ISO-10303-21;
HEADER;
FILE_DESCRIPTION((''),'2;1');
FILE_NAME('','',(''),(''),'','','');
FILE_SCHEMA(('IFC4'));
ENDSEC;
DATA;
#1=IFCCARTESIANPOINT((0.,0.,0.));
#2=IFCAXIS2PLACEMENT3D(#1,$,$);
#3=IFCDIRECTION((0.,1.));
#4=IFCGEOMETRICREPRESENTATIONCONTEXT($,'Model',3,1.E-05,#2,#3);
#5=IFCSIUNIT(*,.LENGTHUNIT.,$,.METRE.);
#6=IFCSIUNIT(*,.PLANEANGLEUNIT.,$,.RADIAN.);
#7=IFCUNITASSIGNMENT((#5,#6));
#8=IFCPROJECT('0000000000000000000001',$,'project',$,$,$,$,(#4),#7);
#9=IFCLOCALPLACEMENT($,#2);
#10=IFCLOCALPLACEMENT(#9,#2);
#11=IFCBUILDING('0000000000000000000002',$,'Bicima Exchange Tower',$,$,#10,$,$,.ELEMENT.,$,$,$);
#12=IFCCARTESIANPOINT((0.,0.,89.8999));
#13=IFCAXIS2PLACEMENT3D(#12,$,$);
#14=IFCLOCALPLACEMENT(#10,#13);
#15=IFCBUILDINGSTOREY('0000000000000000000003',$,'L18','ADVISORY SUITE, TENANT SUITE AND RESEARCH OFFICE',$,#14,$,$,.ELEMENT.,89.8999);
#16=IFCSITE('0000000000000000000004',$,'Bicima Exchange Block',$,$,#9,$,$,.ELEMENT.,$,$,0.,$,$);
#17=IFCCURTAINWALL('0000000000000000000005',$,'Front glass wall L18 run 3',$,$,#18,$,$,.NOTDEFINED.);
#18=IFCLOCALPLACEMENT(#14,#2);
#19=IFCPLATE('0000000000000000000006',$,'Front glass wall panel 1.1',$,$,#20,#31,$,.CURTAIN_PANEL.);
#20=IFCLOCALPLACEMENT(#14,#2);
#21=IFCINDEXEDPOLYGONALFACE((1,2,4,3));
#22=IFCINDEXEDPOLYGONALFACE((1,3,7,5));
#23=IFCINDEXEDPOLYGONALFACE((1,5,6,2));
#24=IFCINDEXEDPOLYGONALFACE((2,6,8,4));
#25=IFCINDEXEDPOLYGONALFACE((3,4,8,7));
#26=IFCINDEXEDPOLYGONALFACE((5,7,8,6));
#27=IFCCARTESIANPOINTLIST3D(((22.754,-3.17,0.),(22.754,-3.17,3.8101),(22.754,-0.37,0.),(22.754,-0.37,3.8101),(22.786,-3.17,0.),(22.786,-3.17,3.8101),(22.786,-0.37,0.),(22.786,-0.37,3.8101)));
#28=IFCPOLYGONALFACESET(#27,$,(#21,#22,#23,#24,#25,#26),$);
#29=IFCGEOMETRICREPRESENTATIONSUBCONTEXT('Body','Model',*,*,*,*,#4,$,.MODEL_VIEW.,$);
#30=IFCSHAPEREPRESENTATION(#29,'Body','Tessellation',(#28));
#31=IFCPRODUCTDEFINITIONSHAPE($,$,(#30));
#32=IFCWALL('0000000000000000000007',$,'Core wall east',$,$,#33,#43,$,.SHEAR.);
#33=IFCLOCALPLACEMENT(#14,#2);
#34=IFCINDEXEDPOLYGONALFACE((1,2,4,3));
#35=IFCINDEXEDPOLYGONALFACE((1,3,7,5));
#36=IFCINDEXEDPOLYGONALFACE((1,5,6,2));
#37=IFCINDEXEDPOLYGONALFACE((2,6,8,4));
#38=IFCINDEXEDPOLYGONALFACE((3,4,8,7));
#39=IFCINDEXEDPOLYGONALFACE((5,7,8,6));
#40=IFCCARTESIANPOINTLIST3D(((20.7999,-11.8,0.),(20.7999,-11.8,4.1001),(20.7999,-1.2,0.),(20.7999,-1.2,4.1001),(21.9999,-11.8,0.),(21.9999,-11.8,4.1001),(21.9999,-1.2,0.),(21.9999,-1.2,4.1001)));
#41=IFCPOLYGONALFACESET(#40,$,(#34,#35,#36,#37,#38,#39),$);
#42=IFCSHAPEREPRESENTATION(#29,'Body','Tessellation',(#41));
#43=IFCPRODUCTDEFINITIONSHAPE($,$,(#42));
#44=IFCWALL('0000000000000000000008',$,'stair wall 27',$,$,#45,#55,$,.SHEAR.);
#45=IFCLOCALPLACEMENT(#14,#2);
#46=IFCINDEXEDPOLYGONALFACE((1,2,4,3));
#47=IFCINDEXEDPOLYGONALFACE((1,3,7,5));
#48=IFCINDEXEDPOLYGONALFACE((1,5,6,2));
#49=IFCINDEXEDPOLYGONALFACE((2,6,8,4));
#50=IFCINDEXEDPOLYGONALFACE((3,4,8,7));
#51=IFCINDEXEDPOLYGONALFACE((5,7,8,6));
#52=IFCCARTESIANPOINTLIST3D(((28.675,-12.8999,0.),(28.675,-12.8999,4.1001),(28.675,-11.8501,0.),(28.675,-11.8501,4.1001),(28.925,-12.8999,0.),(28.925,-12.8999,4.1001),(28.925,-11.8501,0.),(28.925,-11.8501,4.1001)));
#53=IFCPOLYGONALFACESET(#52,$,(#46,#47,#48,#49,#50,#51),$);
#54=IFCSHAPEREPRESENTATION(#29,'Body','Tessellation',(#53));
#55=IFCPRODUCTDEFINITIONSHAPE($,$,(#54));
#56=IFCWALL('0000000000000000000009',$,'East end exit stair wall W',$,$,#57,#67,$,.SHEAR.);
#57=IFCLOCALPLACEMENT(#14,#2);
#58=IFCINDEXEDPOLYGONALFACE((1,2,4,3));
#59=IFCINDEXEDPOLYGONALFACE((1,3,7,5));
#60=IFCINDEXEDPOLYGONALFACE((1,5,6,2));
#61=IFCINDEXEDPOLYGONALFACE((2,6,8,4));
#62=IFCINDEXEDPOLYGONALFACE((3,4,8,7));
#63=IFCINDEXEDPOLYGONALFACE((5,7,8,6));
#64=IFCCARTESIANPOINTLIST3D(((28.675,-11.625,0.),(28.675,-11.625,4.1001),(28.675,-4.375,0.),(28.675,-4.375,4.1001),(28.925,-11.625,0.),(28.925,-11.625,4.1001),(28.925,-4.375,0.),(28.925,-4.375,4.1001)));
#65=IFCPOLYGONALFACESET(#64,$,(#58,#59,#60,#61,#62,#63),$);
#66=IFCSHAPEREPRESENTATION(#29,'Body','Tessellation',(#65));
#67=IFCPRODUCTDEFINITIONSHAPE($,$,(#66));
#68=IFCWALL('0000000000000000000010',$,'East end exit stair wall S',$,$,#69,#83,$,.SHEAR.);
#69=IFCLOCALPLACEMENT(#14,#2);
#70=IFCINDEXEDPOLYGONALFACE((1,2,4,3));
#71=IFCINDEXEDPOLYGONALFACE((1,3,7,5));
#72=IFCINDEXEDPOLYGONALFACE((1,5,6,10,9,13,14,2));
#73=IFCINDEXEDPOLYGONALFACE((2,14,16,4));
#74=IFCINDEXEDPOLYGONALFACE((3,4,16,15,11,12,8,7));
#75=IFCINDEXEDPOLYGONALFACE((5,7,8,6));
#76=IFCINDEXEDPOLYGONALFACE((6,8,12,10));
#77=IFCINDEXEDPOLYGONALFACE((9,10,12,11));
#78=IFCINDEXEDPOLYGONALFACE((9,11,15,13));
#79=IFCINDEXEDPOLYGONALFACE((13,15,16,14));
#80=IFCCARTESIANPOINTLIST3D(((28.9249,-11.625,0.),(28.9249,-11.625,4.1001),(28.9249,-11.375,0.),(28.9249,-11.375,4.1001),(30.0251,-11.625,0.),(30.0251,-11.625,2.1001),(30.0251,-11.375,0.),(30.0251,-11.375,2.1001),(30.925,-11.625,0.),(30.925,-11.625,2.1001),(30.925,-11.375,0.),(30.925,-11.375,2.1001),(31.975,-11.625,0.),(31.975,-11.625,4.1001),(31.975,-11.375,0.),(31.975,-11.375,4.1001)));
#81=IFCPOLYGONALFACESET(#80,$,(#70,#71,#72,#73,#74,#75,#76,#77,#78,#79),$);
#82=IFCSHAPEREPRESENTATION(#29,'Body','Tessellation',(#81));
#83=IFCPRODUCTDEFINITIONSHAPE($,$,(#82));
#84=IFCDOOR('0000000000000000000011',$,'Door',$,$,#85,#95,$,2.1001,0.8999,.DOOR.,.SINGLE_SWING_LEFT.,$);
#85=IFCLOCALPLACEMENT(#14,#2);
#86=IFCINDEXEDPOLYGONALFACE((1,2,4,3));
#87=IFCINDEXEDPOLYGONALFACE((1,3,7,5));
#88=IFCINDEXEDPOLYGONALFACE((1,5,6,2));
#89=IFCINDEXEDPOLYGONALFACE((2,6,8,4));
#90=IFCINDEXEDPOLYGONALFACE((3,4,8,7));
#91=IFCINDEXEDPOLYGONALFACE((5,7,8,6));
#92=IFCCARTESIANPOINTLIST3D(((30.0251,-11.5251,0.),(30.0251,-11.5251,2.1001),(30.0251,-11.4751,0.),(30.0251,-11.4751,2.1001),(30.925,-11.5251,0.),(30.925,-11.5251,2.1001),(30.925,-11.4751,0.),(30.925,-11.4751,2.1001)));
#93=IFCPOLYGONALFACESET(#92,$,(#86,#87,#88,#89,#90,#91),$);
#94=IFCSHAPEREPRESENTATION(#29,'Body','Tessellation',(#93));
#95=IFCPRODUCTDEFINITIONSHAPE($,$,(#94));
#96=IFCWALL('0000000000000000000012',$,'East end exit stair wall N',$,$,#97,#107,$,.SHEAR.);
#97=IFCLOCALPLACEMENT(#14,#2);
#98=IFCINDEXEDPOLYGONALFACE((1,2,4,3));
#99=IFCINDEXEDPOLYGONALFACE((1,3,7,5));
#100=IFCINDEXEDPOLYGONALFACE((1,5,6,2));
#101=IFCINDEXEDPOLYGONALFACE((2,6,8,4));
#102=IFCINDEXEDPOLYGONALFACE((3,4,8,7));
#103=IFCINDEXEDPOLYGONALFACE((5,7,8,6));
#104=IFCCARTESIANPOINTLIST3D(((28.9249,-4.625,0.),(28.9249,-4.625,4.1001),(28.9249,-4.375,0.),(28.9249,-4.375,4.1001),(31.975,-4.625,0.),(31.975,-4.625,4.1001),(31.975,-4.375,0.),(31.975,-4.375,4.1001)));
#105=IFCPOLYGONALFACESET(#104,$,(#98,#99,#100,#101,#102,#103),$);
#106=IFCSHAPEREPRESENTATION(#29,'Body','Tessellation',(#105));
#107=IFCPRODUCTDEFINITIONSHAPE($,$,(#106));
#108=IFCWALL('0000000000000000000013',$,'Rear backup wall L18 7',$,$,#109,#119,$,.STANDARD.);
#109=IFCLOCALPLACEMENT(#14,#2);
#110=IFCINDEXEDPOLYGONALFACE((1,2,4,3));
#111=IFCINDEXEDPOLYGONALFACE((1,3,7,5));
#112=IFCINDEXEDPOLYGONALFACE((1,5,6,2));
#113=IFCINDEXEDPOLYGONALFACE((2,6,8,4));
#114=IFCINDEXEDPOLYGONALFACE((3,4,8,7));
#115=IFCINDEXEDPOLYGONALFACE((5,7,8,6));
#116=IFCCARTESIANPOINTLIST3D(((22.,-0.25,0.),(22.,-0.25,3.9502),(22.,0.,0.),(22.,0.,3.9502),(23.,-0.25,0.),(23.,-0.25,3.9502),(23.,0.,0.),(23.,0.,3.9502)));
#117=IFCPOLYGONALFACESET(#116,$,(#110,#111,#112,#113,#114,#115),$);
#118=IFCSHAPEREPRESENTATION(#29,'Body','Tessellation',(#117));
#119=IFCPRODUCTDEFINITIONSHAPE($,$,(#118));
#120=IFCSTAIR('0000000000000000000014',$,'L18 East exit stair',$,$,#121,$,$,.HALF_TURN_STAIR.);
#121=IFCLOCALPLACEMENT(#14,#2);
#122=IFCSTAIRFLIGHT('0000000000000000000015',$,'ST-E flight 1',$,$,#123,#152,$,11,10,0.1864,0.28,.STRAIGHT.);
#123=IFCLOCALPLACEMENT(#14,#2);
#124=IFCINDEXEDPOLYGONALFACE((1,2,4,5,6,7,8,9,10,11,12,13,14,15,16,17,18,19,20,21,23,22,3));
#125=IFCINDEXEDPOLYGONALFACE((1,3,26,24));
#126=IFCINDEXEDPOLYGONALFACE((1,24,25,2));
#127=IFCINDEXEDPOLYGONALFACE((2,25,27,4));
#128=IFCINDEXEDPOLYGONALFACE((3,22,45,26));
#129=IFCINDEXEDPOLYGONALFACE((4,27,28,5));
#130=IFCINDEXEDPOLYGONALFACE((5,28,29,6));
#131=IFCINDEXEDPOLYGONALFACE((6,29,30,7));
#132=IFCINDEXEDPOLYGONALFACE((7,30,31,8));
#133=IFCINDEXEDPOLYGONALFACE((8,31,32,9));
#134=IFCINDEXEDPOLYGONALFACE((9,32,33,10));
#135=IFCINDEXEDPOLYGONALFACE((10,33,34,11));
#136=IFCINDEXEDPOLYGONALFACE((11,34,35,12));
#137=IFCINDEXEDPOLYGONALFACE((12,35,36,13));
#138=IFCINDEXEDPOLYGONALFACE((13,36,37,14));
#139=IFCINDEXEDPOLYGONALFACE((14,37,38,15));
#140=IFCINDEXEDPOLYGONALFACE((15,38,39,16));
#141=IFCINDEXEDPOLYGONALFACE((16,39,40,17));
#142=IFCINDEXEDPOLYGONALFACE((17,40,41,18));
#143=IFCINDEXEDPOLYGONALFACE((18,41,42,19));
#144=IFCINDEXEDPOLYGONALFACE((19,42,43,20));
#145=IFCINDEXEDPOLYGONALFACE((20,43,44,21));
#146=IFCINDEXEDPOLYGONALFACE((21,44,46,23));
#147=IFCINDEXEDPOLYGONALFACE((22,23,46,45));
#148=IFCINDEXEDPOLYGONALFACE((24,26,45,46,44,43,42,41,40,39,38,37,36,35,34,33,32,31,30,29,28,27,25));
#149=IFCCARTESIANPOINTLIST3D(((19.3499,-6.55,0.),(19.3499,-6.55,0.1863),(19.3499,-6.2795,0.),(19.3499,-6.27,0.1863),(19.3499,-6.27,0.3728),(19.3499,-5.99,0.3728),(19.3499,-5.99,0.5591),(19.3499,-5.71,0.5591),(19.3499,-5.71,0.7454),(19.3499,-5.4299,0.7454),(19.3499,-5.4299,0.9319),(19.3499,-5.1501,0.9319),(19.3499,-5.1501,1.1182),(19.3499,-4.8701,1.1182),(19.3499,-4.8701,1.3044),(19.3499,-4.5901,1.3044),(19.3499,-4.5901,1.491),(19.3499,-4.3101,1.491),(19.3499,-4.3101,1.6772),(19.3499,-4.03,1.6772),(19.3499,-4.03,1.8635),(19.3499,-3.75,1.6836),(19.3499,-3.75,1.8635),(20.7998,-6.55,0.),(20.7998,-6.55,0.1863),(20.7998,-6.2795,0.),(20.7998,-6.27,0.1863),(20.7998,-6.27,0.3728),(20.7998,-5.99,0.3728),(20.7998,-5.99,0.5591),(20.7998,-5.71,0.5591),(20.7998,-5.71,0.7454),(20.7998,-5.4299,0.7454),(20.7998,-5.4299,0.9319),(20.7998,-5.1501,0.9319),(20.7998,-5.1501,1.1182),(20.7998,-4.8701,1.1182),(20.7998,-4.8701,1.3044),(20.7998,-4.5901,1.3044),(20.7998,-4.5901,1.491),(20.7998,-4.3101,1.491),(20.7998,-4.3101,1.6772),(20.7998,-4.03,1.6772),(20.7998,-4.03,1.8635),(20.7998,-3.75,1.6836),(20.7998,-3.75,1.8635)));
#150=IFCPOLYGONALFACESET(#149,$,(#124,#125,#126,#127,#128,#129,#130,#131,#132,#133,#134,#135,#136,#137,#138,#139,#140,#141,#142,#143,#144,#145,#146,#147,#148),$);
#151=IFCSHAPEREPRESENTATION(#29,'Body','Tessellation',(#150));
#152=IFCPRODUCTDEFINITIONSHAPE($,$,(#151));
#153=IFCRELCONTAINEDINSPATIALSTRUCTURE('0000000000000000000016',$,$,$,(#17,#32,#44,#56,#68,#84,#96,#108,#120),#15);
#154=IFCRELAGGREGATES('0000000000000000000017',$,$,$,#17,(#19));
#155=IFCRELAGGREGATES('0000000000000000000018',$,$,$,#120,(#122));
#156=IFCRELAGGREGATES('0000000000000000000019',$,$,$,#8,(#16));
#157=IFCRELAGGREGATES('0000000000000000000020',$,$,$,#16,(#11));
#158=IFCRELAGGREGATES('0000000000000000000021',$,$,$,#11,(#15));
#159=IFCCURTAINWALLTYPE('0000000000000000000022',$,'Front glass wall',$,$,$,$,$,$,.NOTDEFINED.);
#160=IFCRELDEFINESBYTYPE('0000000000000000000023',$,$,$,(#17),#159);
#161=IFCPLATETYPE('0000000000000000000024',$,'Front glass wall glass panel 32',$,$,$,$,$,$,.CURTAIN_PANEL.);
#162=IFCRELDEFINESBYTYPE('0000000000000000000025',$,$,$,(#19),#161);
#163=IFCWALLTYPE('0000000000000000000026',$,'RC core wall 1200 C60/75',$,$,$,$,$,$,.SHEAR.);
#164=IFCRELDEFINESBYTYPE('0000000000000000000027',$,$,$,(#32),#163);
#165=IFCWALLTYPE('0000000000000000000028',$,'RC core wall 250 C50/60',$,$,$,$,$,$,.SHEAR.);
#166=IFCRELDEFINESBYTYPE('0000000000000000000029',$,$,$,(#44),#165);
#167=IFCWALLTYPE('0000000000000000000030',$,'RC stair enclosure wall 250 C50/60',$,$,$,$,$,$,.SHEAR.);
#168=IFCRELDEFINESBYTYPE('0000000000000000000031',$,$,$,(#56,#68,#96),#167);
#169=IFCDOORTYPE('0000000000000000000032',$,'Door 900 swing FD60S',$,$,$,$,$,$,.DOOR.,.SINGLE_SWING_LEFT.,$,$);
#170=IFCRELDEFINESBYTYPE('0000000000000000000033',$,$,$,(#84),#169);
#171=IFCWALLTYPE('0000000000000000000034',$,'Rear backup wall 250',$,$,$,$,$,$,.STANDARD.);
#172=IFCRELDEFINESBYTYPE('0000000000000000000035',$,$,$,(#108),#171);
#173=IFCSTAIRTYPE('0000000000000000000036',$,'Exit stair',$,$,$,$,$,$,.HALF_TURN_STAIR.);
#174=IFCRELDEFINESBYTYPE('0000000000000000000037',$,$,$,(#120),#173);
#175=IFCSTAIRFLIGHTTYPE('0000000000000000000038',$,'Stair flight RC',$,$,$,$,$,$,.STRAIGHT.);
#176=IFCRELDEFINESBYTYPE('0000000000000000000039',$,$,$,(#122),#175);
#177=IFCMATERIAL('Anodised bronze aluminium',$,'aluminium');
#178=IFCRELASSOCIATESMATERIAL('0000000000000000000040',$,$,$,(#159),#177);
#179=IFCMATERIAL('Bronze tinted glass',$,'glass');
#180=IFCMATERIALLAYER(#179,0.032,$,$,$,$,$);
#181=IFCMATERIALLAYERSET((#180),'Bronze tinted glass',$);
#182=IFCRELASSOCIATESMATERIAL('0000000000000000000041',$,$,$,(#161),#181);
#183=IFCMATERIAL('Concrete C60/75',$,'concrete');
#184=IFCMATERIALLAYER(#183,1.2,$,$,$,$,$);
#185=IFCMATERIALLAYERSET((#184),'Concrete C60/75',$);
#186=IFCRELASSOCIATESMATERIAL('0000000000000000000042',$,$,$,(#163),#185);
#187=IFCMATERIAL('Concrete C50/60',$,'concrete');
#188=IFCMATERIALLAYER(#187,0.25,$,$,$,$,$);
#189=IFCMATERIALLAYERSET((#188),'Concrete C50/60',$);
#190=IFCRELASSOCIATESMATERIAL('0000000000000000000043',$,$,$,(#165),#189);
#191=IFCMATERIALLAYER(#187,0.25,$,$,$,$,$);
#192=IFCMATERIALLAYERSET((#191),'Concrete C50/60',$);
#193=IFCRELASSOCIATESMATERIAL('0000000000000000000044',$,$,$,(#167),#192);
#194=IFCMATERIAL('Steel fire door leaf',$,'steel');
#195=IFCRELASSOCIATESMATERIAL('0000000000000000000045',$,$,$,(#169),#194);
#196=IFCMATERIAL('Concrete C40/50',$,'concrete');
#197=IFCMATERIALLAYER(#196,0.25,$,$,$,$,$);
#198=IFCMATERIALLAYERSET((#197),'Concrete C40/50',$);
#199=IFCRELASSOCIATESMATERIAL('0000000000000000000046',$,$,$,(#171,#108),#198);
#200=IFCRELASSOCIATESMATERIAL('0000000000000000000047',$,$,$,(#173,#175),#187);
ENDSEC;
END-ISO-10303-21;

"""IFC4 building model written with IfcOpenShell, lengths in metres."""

from ifc_helpers import new_model, si_unit, direction, frame, frame_2d, origin, origin_2d, place, context, subcontext, project, spatial, polyline, rectangle, outline, extrude, material, layer, layer_set, layer_usage, type_object, element, fill, aggregate, save


model = new_model("IFC4")

# Units and contexts
model_context = context("Model", 3, precision=1e-05, world=origin(), true_north=direction((0.0, 1.0)))
body_context = subcontext(model_context, "Body", "Model", "MODEL_VIEW")
ifc_project = project(units=[si_unit("LENGTHUNIT", "METRE"), si_unit("PLANEANGLEUNIT", "RADIAN")], contexts=[model_context])

# Site, building, storey
site_placement = place(None, origin())
site = spatial("IfcSite", under=ifc_project, at=site_placement, Name="Bicima Exchange Block", CompositionType="ELEMENT", RefElevation=0.0)
building_placement = place(site_placement, origin())
building = spatial("IfcBuilding", under=site, at=building_placement, Name="Bicima Exchange Tower", CompositionType="ELEMENT")
storey_placement = place(building_placement, frame((0.0, 0.0, 89.8999)))
storey = spatial("IfcBuildingStorey", under=building, at=storey_placement, Name="L18", Description="ADVISORY SUITE, TENANT SUITE AND RESEARCH OFFICE", CompositionType="ELEMENT", Elevation=89.8999)

# Curtain wall
ifc_material_1 = material(Name="Anodised bronze aluminium", Category="aluminium")
curtain_wall_type_1 = type_object("IfcCurtainWallType", Name="Front glass wall", PredefinedType="NOTDEFINED", material=ifc_material_1)
curtain_wall_1_placement = place(storey_placement, origin())
curtain_wall_1 = element("IfcCurtainWall", 1, at=curtain_wall_1_placement, inside=storey, type_object=curtain_wall_type_1, Name="Front glass wall L18 run 3", PredefinedType="NOTDEFINED")

# Plate
ifc_material_2 = material(Name="Bronze tinted glass", Category="glass")
ifc_layer_1 = layer(ifc_material_2, 0.032)
ifc_layer_set_1 = layer_set([ifc_layer_1], Name="Bronze tinted glass")
plate_type = type_object("IfcPlateType", Name="Front glass wall glass panel 32", PredefinedType="CURTAIN_PANEL", material=ifc_layer_set_1)
plate_placement = place(storey_placement, frame((22.77, -1.77, 0.0), z_axis=(0.0, 0.0, 1.0), x_axis=(0.0, 1.0, 0.0)))
plate = element("IfcPlate", 2, at=plate_placement, type_object=plate_type, Name="Front glass wall panel 1.1", PredefinedType="CURTAIN_PANEL", context=body_context, shape_type="SweptSolid", body=[
    extrude(rectangle(XDim=2.8, YDim=0.032, at=origin_2d()), origin(), (0.0, 0.0, 1.0), 3.8101),
])
aggregate(curtain_wall_1, [plate])

# Walls
ifc_material_3 = material(Name="Concrete C60/75", Category="concrete")
ifc_layer_2 = layer(ifc_material_3, 1.2)
ifc_layer_set_2 = layer_set([ifc_layer_2], Name="Concrete C60/75")
wall_type_1 = type_object("IfcWallType", Name="RC core wall 1200 C60/75", PredefinedType="SHEAR", material=ifc_layer_set_2)
wall_1_placement = place(storey_placement, frame((21.3999, -11.8, 0.0), z_axis=(0.0, 0.0, 1.0), x_axis=(0.0, 1.0, 0.0)))
element("IfcWall", 3, at=wall_1_placement, inside=storey, type_object=wall_type_1, Name="Core wall east", PredefinedType="SHEAR", context=body_context, shape_type="SweptSolid", body=[
    extrude(rectangle(XDim=10.6001, YDim=1.2, at=frame_2d((5.3, 0.0))), origin(), (0.0, 0.0, 1.0), 4.1001),
])
ifc_material_4 = material(Name="Concrete C50/60", Category="concrete")
ifc_layer_3 = layer(ifc_material_4, 0.25)
ifc_layer_set_3 = layer_set([ifc_layer_3], Name="Concrete C50/60")
wall_type_2 = type_object("IfcWallType", Name="RC core wall 250 C50/60", PredefinedType="SHEAR", material=ifc_layer_set_3)
wall_2_placement = place(storey_placement, frame((28.8, -12.8999, 0.0), z_axis=(0.0, 0.0, 1.0), x_axis=(0.0, 1.0, 0.0)))
element("IfcWall", 4, at=wall_2_placement, inside=storey, type_object=wall_type_2, Name="stair wall 27", PredefinedType="SHEAR", context=body_context, shape_type="SweptSolid", body=[
    extrude(rectangle(XDim=1.0498, YDim=0.25, at=frame_2d((0.5249, 0.0))), origin(), (0.0, 0.0, 1.0), 4.1001),
])
ifc_layer_4 = layer(ifc_material_4, 0.25)
ifc_layer_set_4 = layer_set([ifc_layer_4], Name="Concrete C50/60")
wall_type_3 = type_object("IfcWallType", Name="RC stair enclosure wall 250 C50/60", PredefinedType="SHEAR", material=ifc_layer_set_4)
wall_3_placement = place(storey_placement, frame((28.8, -11.625, 0.0), z_axis=(0.0, 0.0, 1.0), x_axis=(0.0, 1.0, 0.0)))
element("IfcWall", 5, at=wall_3_placement, inside=storey, type_object=wall_type_3, Name="East end exit stair wall W", PredefinedType="SHEAR", context=body_context, shape_type="SweptSolid", body=[
    extrude(rectangle(XDim=7.25, YDim=0.25, at=frame_2d((3.625, 0.0))), origin(), (0.0, 0.0, 1.0), 4.1001),
])

# Wall, opening, door
wall_4_placement = place(storey_placement, frame((28.925, -11.5, 0.0), z_axis=(0.0, 0.0, 1.0), x_axis=(1.0, 0.0, 0.0)))
wall_4 = element("IfcWall", 6, at=wall_4_placement, inside=storey, type_object=wall_type_3, Name="East end exit stair wall S", PredefinedType="SHEAR", context=body_context, shape_type="SweptSolid", body=[
    extrude(rectangle(XDim=3.05, YDim=0.25, at=frame_2d((1.5249, 0.0))), origin(), (0.0, 0.0, 1.0), 4.1001),
])
opening_placement = place(wall_4_placement, frame((1.1001, 0.0, 0.0)))
opening = element("IfcOpeningElement", 7, at=opening_placement, cuts=wall_4, PredefinedType="OPENING", context=body_context, shape_type="SweptSolid", body=[
    extrude(rectangle(XDim=0.8999, YDim=2.1001, at=frame_2d((0.45, 1.05))), frame((0.0, 0.137, 0.0), z_axis=(0.0, -1.0, 0.0), x_axis=(1.0, 0.0, 0.0)), (0.0, 0.0, 1.0), 0.2739),
])
ifc_material_5 = material(Name="Steel fire door leaf", Category="steel")
door_type = type_object("IfcDoorType", Name="Door 900 swing FD60S", OperationType="SINGLE_SWING_LEFT", PredefinedType="DOOR", material=ifc_material_5)
door_placement = place(opening_placement, origin())
door = element("IfcDoor", 8, at=door_placement, inside=storey, type_object=door_type, Name="Door", OperationType="SINGLE_SWING_LEFT", OverallHeight=2.1001, OverallWidth=0.8999, PredefinedType="DOOR", context=body_context, shape_type="SweptSolid", body=[
    extrude(rectangle(XDim=0.8999, YDim=2.1001, at=frame_2d((0.45, 1.05))), frame((0.0, 0.0249, 0.0), z_axis=(0.0, -1.0, 0.0), x_axis=(1.0, 0.0, 0.0)), (0.0, 0.0, 1.0), 0.05),
])
fill(opening, door)

# Walls
wall_5_placement = place(storey_placement, frame((28.925, -4.5, 0.0), z_axis=(0.0, 0.0, 1.0), x_axis=(1.0, 0.0, 0.0)))
element("IfcWall", 9, at=wall_5_placement, inside=storey, type_object=wall_type_3, Name="East end exit stair wall N", PredefinedType="SHEAR", context=body_context, shape_type="SweptSolid", body=[
    extrude(rectangle(XDim=3.05, YDim=0.25, at=frame_2d((1.5249, 0.0))), origin(), (0.0, 0.0, 1.0), 4.1001),
])
ifc_material_6 = material(Name="Concrete C40/50", Category="concrete")
ifc_layer_5 = layer(ifc_material_6, 0.25)
ifc_layer_set_5 = layer_set([ifc_layer_5], Name="Concrete C40/50")
ifc_layer_usage = layer_usage(ifc_layer_set_5, "AXIS2", "POSITIVE", -0.125)
wall_type_4 = type_object("IfcWallType", Name="Rear backup wall 250", PredefinedType="STANDARD", material=ifc_layer_set_5)
wall_6_placement = place(storey_placement, frame((23.0, -0.125, 0.0), z_axis=(0.0, 0.0, 1.0), x_axis=(-1.0, 0.0, 0.0)))
element("IfcWall", 10, at=wall_6_placement, inside=storey, type_object=wall_type_4, material=ifc_layer_usage, Name="Rear backup wall L18 7", PredefinedType="STANDARD", context=body_context, shape_type="SweptSolid", body=[
    extrude(rectangle(XDim=1.0, YDim=0.25, at=frame_2d((0.5, 0.0))), origin(), (0.0, 0.0, 1.0), 3.9502),
])

# Stair, stair flight
stair_type = type_object("IfcStairType", Name="Exit stair", PredefinedType="HALF_TURN_STAIR", material=ifc_material_4)
stair_placement = place(storey_placement, origin())
stair = element("IfcStair", 11, at=stair_placement, inside=storey, type_object=stair_type, Name="L18 East exit stair", PredefinedType="HALF_TURN_STAIR")
stair_flight_type = type_object("IfcStairFlightType", Name="Stair flight RC", PredefinedType="STRAIGHT", material=ifc_material_4)
stair_flight_1_placement = place(storey_placement, frame((20.075, -6.55, 0.0), z_axis=(0.0, 0.0, 1.0), x_axis=(0.0, 1.0, 0.0)))
stair_flight_1 = element("IfcStairFlight", 12, at=stair_flight_1_placement, type_object=stair_flight_type, Name="ST-E flight 1", NumberOfRisers=11, NumberOfTreads=10, PredefinedType="STRAIGHT", RiserHeight=0.1864, TreadLength=0.28, context=body_context, shape_type="SweptSolid", body=[
    extrude(outline(polyline([(0.0, 0.0), (0.0, 0.1863), (0.28, 0.1863), (0.28, 0.3728), (0.5601, 0.3728), (0.5601, 0.5591), (0.8401, 0.5591), (0.8401, 0.7454), (1.1201, 0.7454), (1.1201, 0.9319), (1.3999, 0.9319), (1.3999, 1.1182), (1.6799, 1.1182), (1.6799, 1.3044), (1.96, 1.3044), (1.96, 1.491), (2.24, 1.491), (2.24, 1.6772), (2.52, 1.6772), (2.52, 1.8635), (2.8, 1.8635), (2.8, 2.05), (2.8, 1.6836), (0.2705, 0.0), (0.0, 0.0)])), frame((0.0, 0.7251, 0.0), z_axis=(0.0, -1.0, 0.0), x_axis=(1.0, 0.0, 0.0)), (0.0, 0.0, 1.0), 1.45),
])
aggregate(stair, [stair_flight_1])

save(model, "model.ifc")
